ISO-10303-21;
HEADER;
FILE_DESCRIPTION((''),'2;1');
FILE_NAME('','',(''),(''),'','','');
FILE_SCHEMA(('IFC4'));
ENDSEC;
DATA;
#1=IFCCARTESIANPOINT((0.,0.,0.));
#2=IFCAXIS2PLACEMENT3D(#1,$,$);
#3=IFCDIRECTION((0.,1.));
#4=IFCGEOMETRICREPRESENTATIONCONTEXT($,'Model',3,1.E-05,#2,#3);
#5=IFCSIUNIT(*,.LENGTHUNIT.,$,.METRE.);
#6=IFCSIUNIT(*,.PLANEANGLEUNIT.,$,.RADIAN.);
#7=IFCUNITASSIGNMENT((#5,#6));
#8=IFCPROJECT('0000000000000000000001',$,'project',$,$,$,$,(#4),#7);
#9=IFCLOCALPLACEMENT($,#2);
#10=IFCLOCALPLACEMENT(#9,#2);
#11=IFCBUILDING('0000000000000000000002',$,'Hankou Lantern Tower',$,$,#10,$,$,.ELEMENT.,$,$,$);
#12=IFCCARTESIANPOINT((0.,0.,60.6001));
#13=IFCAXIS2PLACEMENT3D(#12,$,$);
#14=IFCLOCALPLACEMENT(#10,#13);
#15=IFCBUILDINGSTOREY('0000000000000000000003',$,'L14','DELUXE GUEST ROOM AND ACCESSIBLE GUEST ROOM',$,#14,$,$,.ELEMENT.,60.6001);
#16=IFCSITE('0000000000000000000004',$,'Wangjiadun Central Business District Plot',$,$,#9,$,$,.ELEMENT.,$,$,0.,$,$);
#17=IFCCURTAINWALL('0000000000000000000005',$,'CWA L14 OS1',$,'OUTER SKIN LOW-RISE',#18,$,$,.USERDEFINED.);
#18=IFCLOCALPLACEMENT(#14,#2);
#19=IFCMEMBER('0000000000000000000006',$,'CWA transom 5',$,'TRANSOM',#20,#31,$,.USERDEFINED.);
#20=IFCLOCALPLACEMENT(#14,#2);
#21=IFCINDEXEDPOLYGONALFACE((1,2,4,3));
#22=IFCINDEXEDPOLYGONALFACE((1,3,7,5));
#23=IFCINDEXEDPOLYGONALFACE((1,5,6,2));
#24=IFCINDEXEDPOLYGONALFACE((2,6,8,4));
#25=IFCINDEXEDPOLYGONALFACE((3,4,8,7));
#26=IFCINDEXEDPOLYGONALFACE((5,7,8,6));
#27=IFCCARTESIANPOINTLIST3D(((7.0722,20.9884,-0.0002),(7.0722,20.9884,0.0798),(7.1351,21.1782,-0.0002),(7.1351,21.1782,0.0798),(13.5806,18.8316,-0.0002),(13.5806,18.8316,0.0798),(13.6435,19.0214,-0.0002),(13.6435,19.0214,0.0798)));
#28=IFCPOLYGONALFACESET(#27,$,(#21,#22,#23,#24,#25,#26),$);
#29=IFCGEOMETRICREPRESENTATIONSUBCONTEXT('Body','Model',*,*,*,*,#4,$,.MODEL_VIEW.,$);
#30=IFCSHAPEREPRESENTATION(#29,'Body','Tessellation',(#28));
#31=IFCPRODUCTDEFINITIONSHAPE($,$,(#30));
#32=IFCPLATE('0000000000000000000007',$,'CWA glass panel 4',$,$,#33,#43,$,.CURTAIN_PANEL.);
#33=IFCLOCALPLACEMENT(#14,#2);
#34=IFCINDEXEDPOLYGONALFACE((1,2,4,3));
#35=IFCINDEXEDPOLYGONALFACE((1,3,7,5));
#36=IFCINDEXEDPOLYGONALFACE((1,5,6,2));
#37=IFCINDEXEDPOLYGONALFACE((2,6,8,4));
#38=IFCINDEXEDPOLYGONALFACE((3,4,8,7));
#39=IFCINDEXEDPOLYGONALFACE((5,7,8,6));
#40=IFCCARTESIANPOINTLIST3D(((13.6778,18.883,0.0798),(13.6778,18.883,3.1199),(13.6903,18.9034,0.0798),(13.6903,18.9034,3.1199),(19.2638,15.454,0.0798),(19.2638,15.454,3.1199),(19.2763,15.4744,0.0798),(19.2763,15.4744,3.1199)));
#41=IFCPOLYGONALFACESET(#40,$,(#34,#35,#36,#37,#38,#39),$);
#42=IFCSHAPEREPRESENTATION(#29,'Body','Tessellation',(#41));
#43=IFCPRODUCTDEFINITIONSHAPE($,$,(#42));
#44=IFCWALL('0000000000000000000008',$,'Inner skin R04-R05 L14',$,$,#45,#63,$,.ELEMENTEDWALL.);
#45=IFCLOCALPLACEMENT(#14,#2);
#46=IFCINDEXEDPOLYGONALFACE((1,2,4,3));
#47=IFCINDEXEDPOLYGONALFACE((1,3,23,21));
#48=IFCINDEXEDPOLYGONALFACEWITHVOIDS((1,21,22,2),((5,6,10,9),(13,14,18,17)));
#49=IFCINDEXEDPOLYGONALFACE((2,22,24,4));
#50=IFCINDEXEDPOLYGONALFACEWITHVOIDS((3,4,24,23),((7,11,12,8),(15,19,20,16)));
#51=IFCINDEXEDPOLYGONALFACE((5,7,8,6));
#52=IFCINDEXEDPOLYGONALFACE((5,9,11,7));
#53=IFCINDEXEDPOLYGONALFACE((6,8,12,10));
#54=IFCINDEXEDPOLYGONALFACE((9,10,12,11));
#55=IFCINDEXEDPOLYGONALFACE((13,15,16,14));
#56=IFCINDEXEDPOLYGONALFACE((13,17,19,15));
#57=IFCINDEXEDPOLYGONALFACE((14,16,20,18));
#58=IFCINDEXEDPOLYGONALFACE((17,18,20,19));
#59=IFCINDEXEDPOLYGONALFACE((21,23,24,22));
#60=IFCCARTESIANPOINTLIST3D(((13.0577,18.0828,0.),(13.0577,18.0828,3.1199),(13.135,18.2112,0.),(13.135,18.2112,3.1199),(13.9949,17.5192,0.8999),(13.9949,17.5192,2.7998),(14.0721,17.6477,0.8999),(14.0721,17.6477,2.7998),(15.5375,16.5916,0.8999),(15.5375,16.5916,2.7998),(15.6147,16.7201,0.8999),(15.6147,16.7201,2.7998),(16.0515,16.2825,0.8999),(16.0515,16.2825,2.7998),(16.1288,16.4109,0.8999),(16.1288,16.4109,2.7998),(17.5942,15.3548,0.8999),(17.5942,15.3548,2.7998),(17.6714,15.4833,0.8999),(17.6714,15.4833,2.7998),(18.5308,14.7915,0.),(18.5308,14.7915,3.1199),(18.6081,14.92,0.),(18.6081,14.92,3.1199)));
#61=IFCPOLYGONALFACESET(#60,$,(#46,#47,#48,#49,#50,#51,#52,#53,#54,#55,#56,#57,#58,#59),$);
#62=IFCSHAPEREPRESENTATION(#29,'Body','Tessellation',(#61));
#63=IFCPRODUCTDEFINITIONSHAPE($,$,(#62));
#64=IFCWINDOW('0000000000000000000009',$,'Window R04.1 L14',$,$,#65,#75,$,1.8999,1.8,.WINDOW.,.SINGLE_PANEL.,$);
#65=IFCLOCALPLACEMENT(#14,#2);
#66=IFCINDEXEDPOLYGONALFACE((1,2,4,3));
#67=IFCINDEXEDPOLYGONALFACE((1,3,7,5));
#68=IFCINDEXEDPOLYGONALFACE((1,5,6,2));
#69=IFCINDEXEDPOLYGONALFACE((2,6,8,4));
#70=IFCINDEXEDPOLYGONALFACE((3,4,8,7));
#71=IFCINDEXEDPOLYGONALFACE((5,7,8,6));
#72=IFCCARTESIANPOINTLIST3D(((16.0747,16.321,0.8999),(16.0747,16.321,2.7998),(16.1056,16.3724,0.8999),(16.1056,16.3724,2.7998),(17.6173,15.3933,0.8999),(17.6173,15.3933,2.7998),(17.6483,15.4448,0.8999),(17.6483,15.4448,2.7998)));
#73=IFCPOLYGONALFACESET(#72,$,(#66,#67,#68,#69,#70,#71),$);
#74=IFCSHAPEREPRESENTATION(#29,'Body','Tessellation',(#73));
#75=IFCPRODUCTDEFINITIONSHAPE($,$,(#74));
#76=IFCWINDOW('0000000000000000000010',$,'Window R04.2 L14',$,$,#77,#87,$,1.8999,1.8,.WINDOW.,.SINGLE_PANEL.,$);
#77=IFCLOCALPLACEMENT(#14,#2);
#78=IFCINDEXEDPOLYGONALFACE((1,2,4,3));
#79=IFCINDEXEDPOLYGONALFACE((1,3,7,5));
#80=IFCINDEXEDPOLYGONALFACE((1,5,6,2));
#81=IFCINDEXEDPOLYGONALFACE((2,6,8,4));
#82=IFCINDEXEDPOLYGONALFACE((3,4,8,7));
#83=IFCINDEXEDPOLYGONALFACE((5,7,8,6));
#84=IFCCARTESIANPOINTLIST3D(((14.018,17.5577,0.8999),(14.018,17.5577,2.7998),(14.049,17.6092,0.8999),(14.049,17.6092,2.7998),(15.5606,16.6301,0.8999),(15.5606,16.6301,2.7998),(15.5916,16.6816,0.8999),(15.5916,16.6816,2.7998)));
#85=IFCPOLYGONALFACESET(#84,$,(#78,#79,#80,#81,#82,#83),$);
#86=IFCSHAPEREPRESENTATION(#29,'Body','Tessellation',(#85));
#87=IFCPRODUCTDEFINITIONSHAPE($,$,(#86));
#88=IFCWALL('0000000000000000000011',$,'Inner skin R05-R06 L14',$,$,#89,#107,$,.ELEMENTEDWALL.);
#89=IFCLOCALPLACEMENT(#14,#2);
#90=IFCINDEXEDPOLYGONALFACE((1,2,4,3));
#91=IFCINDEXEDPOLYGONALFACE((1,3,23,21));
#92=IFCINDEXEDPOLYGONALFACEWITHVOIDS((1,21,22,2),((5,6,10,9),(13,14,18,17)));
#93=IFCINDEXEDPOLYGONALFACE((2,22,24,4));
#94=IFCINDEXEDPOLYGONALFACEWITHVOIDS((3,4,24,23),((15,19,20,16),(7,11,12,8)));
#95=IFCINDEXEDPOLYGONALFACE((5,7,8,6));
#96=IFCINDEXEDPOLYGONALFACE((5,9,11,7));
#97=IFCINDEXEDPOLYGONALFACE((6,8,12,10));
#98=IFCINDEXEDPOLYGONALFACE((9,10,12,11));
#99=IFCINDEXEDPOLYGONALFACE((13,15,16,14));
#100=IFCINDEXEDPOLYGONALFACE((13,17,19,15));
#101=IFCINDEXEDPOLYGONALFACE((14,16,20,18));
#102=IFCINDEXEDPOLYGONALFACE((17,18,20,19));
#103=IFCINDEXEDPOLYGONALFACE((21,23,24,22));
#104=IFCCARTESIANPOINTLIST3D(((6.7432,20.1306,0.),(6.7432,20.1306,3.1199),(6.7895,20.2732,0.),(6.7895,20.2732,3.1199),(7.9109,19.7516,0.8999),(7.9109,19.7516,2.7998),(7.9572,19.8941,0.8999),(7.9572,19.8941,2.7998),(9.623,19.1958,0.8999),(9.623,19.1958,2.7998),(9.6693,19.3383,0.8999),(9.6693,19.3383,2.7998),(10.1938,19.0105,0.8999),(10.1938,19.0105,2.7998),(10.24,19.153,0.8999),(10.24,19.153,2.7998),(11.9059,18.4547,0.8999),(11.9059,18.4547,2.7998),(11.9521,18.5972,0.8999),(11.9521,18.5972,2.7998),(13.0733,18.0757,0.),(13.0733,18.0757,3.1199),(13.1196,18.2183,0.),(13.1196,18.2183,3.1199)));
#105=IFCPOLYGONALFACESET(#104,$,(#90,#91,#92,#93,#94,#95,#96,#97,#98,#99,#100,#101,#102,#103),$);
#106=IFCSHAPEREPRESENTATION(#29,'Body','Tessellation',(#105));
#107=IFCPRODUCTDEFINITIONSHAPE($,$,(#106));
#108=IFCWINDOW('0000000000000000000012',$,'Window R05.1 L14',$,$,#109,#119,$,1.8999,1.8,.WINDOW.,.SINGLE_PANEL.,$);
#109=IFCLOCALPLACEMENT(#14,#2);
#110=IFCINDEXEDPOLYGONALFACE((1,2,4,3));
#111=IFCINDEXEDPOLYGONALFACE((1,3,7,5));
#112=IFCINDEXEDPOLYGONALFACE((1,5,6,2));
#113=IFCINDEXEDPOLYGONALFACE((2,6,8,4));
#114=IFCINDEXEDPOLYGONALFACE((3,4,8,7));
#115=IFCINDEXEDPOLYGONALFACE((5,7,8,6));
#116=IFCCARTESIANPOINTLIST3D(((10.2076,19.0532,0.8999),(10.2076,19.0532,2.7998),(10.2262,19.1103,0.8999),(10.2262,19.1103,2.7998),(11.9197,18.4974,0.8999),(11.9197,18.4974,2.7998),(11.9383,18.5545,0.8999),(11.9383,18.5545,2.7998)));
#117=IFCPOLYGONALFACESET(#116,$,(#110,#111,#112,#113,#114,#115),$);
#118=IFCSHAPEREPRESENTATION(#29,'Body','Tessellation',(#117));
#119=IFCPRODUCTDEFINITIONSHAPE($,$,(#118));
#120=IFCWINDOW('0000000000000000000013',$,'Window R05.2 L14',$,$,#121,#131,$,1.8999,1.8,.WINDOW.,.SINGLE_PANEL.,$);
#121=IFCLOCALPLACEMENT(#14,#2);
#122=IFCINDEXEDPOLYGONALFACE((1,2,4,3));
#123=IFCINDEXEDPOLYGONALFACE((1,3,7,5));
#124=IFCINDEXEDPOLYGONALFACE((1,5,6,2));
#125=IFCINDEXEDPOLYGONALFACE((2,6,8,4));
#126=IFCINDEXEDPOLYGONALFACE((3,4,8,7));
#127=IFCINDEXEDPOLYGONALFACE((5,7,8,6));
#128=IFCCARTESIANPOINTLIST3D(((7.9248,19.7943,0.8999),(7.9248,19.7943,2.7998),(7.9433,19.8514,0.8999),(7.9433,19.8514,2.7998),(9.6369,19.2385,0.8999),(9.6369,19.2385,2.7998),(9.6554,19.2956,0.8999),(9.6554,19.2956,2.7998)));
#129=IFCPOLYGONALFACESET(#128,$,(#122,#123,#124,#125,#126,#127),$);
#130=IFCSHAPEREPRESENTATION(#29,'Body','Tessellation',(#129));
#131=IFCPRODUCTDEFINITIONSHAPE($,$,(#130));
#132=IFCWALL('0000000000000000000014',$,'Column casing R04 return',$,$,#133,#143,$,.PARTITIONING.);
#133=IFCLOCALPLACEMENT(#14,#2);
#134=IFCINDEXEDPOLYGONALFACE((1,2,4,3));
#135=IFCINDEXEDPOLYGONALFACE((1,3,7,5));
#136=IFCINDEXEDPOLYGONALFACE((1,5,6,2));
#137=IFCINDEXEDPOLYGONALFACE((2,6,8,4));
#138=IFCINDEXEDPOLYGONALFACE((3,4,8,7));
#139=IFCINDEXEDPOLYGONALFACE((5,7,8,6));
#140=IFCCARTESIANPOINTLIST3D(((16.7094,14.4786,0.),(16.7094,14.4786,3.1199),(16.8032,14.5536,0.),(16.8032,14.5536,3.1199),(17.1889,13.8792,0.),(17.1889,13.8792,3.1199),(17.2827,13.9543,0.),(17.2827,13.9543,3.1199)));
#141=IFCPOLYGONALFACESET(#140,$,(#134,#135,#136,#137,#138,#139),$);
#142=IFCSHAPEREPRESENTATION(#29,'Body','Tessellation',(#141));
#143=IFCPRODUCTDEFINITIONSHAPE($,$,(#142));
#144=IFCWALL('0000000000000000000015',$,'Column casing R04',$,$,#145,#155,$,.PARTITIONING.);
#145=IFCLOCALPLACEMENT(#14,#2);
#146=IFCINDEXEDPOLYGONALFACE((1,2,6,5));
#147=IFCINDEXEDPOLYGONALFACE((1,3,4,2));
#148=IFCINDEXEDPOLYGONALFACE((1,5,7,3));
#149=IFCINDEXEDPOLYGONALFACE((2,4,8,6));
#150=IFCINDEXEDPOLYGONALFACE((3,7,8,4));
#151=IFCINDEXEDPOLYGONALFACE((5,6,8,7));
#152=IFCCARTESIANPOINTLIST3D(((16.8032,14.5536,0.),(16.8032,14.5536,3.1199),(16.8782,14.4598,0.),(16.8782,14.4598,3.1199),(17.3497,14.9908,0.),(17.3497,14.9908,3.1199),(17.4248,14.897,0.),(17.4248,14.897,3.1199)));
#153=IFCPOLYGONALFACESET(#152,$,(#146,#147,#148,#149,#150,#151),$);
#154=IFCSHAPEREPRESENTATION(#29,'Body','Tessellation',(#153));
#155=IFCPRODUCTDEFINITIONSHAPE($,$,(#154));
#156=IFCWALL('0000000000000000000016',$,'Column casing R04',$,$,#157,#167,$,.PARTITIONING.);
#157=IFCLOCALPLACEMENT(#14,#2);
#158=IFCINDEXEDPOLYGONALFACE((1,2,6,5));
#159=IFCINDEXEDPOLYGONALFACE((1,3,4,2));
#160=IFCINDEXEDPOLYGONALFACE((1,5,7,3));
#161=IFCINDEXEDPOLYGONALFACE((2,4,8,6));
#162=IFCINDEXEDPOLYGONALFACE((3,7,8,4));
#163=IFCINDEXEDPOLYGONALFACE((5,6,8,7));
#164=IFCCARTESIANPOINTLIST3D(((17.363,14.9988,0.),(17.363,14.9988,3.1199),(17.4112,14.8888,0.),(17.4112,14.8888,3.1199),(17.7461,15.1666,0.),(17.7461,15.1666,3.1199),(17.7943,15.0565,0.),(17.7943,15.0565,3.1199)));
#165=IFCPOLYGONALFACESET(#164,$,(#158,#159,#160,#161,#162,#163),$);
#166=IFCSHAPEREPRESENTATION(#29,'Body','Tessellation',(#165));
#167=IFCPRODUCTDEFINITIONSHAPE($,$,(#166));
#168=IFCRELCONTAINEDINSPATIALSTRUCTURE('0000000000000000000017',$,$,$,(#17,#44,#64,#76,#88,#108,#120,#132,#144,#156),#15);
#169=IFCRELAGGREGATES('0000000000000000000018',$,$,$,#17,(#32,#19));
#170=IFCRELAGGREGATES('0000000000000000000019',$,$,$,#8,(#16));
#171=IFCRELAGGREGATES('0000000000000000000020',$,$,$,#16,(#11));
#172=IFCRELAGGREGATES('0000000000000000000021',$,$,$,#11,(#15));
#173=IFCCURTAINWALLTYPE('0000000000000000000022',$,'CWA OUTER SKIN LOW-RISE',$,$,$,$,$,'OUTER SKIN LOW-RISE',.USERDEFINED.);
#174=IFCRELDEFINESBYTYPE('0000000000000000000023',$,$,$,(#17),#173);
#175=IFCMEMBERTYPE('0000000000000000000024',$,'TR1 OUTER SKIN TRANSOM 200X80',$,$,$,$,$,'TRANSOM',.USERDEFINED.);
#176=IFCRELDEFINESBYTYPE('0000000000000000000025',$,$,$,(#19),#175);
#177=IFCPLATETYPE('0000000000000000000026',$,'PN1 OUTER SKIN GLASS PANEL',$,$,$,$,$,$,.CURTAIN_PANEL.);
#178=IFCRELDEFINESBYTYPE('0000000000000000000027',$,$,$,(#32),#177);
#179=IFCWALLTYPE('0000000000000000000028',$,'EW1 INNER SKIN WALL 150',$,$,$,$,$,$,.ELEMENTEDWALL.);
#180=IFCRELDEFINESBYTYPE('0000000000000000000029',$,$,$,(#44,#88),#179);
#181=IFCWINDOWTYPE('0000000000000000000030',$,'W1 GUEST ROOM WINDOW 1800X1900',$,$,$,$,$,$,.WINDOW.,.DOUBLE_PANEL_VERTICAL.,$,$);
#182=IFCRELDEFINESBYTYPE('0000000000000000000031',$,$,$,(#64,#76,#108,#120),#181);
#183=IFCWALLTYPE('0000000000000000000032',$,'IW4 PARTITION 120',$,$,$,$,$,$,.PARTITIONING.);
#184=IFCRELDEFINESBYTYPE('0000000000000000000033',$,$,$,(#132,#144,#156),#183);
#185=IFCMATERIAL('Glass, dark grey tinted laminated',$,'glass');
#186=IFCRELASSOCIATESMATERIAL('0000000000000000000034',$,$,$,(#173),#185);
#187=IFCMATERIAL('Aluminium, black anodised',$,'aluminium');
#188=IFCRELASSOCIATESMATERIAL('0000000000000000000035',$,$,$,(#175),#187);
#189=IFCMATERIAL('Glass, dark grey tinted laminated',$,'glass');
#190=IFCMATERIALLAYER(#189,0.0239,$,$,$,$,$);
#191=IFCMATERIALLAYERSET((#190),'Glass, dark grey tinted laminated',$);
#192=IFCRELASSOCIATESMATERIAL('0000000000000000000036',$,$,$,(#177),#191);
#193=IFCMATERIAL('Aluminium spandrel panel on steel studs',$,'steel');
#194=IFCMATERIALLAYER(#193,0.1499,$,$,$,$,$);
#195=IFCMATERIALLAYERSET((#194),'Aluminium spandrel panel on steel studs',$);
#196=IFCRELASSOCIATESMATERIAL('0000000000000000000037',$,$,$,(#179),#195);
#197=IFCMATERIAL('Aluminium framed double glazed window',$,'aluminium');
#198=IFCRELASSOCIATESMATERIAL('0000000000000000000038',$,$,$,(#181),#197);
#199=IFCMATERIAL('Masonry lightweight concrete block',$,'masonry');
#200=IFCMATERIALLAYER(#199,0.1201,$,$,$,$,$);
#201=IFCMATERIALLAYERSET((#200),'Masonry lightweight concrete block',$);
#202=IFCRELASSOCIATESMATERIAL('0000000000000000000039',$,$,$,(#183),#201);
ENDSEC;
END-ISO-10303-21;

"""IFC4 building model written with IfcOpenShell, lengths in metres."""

from ifc_helpers import new_model, si_unit, direction, frame, frame_2d, origin, origin_2d, place, context, subcontext, project, spatial, rectangle, extrude, material, layer, layer_set, material_profile, profile_set, type_object, element, fill, aggregate, save


model = new_model("IFC4")

# Units and contexts
model_context = context("Model", 3, precision=1e-05, world=origin(), true_north=direction((0.0, 1.0)))
body_context = subcontext(model_context, "Body", "Model", "MODEL_VIEW")
ifc_project = project(units=[si_unit("LENGTHUNIT", "METRE"), si_unit("PLANEANGLEUNIT", "RADIAN")], contexts=[model_context])

# Site, building, storey
site_placement = place(None, origin())
site = spatial("IfcSite", under=ifc_project, at=site_placement, Name="Wangjiadun Central Business District Plot", CompositionType="ELEMENT", RefElevation=0.0)
building_placement = place(site_placement, origin())
building = spatial("IfcBuilding", under=site, at=building_placement, Name="Hankou Lantern Tower", CompositionType="ELEMENT")
storey_placement = place(building_placement, frame((0.0, 0.0, 60.6001)))
storey = spatial("IfcBuildingStorey", under=building, at=storey_placement, Name="L14", Description="DELUXE GUEST ROOM AND ACCESSIBLE GUEST ROOM", CompositionType="ELEMENT", Elevation=60.6001)

# Curtain wall, member, plate
ifc_material_1 = material(Name="Glass, dark grey tinted laminated", Category="glass")
curtain_wall_type = type_object("IfcCurtainWallType", Name="CWA OUTER SKIN LOW-RISE", ElementType="OUTER SKIN LOW-RISE", PredefinedType="USERDEFINED", material=ifc_material_1)
curtain_wall_placement = place(storey_placement, origin())
curtain_wall = element("IfcCurtainWall", 1, at=curtain_wall_placement, inside=storey, type_object=curtain_wall_type, Name="CWA L14 OS1", ObjectType="OUTER SKIN LOW-RISE", PredefinedType="USERDEFINED")
ifc_material_2 = material(Name="Aluminium, black anodised", Category="aluminium")
ifc_material_profile_1 = material_profile(ifc_material_2, rectangle(XDim=0.2, YDim=0.0801, at=origin_2d()), Name="TR1 200X80")
ifc_profile_set_1 = profile_set([ifc_material_profile_1], Name="Aluminium, black anodised")
member_type_1 = type_object("IfcMemberType", Name="TR1 OUTER SKIN TRANSOM 200X80", ElementType="TRANSOM", PredefinedType="USERDEFINED", material=ifc_profile_set_1)
member_1_placement = place(storey_placement, frame((13.6121, 18.9265, 0.0398), z_axis=(-0.949237, 0.314561, 0.0), x_axis=(-0.314561, -0.949237, 0.0)))
member_1 = element("IfcMember", 2, at=member_1_placement, type_object=member_type_1, Name="CWA transom 5", ObjectType="TRANSOM", PredefinedType="USERDEFINED", context=body_context, shape_type="SweptSolid", body=[
    extrude(rectangle(XDim=0.2, YDim=0.0801, at=origin_2d()), origin(), (0.0, 0.0, 1.0), 6.8564),
])
ifc_material_3 = material(Name="Glass, dark grey tinted laminated", Category="glass")
ifc_layer_1 = layer(ifc_material_3, 0.0239)
ifc_layer_set_1 = layer_set([ifc_layer_1], Name="Glass, dark grey tinted laminated")
plate_type = type_object("IfcPlateType", Name="PN1 OUTER SKIN GLASS PANEL", PredefinedType="CURTAIN_PANEL", material=ifc_layer_set_1)
plate_placement = place(storey_placement, frame((16.4771, 17.1787, 0.0798), z_axis=(0.0, 0.0, 1.0), x_axis=(-0.852237, 0.523156, 0.0)))
plate = element("IfcPlate", 3, at=plate_placement, type_object=plate_type, Name="CWA glass panel 4", PredefinedType="CURTAIN_PANEL", context=body_context, shape_type="SweptSolid", body=[
    extrude(rectangle(XDim=6.5544, YDim=0.0239, at=origin_2d()), origin(), (0.0, 0.0, 1.0), 3.04),
])
aggregate(curtain_wall, [plate, member_1])

# Walls, openings, windows
ifc_material_4 = material(Name="Aluminium spandrel panel on steel studs", Category="steel")
ifc_layer_2 = layer(ifc_material_4, 0.1499)
ifc_layer_set_2 = layer_set([ifc_layer_2], Name="Aluminium spandrel panel on steel studs")
wall_type_1 = type_object("IfcWallType", Name="EW1 INNER SKIN WALL 150", PredefinedType="ELEMENTEDWALL", material=ifc_layer_set_2)
wall_1_placement = place(storey_placement, frame((18.5696, 14.8557, 0.0), z_axis=(0.0, 0.0, 1.0), x_axis=(-0.856983, 0.515344, 0.0)))
wall_1 = element("IfcWall", 4, at=wall_1_placement, inside=storey, type_object=wall_type_1, Name="Inner skin R04-R05 L14", PredefinedType="ELEMENTEDWALL", context=body_context, shape_type="SweptSolid", body=[
    extrude(rectangle(XDim=6.3865, YDim=0.1499, at=frame_2d((3.1934, 0.0))), origin(), (0.0, 0.0, 1.0), 3.1199),
])
opening_1_placement = place(wall_1_placement, frame((1.0933, 0.0, 0.8999)))
opening_1 = element("IfcOpeningElement", 5, at=opening_1_placement, cuts=wall_1, PredefinedType="OPENING", context=body_context, shape_type="SweptSolid", body=[
    extrude(rectangle(XDim=1.8, YDim=1.8999, at=frame_2d((0.8999, 0.95))), frame((0.0, 0.085, 0.0), z_axis=(0.0, -1.0, 0.0), x_axis=(1.0, 0.0, 0.0)), (0.0, 0.0, 1.0), 0.1699),
])
opening_2_placement = place(wall_1_placement, frame((3.4932, 0.0, 0.8999)))
opening_2 = element("IfcOpeningElement", 6, at=opening_2_placement, cuts=wall_1, PredefinedType="OPENING", context=body_context, shape_type="SweptSolid", body=[
    extrude(rectangle(XDim=1.8, YDim=1.8999, at=frame_2d((0.8999, 0.95))), frame((0.0, 0.085, 0.0), z_axis=(0.0, -1.0, 0.0), x_axis=(1.0, 0.0, 0.0)), (0.0, 0.0, 1.0), 0.1699),
])
ifc_material_5 = material(Name="Aluminium framed double glazed window", Category="aluminium")
window_type = type_object("IfcWindowType", Name="W1 GUEST ROOM WINDOW 1800X1900", PartitioningType="DOUBLE_PANEL_VERTICAL", PredefinedType="WINDOW", material=ifc_material_5)
window_1_placement = place(opening_1_placement, origin())
window_1 = element("IfcWindow", 7, at=window_1_placement, inside=storey, type_object=window_type, Name="Window R04.1 L14", OverallHeight=1.8999, OverallWidth=1.8, PartitioningType="SINGLE_PANEL", PredefinedType="WINDOW", context=body_context, shape_type="SweptSolid", body=[
    extrude(rectangle(XDim=1.8, YDim=1.8999, at=frame_2d((0.8999, 0.95))), frame((0.0, 0.03, 0.0), z_axis=(0.0, -1.0, 0.0), x_axis=(1.0, 0.0, 0.0)), (0.0, 0.0, 1.0), 0.0601),
])
fill(opening_1, window_1)
window_2_placement = place(opening_2_placement, origin())
window_2 = element("IfcWindow", 8, at=window_2_placement, inside=storey, type_object=window_type, Name="Window R04.2 L14", OverallHeight=1.8999, OverallWidth=1.8, PartitioningType="SINGLE_PANEL", PredefinedType="WINDOW", context=body_context, shape_type="SweptSolid", body=[
    extrude(rectangle(XDim=1.8, YDim=1.8999, at=frame_2d((0.8999, 0.95))), frame((0.0, 0.03, 0.0), z_axis=(0.0, -1.0, 0.0), x_axis=(1.0, 0.0, 0.0)), (0.0, 0.0, 1.0), 0.0601),
])
fill(opening_2, window_2)
wall_2_placement = place(storey_placement, frame((13.0964, 18.147, 0.0), z_axis=(0.0, 0.0, 1.0), x_axis=(-0.951138, 0.308768, 0.0)))
wall_2 = element("IfcWall", 9, at=wall_2_placement, inside=storey, type_object=wall_type_1, Name="Inner skin R05-R06 L14", PredefinedType="ELEMENTEDWALL", context=body_context, shape_type="SweptSolid", body=[
    extrude(rectangle(XDim=6.6553, YDim=0.1499, at=frame_2d((3.3276, 0.0))), origin(), (0.0, 0.0, 1.0), 3.1199),
])
opening_3_placement = place(wall_2_placement, frame((1.2275, 0.0, 0.8999)))
opening_3 = element("IfcOpeningElement", 10, at=opening_3_placement, cuts=wall_2, PredefinedType="OPENING", context=body_context, shape_type="SweptSolid", body=[
    extrude(rectangle(XDim=1.8, YDim=1.8999, at=frame_2d((0.8999, 0.95))), frame((0.0, 0.085, 0.0), z_axis=(0.0, -1.0, 0.0), x_axis=(1.0, 0.0, 0.0)), (0.0, 0.0, 1.0), 0.1699),
])
opening_4_placement = place(wall_2_placement, frame((3.6277, 0.0, 0.8999)))
opening_4 = element("IfcOpeningElement", 11, at=opening_4_placement, cuts=wall_2, PredefinedType="OPENING", context=body_context, shape_type="SweptSolid", body=[
    extrude(rectangle(XDim=1.8, YDim=1.8999, at=frame_2d((0.8999, 0.95))), frame((0.0, 0.085, 0.0), z_axis=(0.0, -1.0, 0.0), x_axis=(1.0, 0.0, 0.0)), (0.0, 0.0, 1.0), 0.1699),
])
window_3_placement = place(opening_3_placement, origin())
window_3 = element("IfcWindow", 12, at=window_3_placement, inside=storey, type_object=window_type, Name="Window R05.1 L14", OverallHeight=1.8999, OverallWidth=1.8, PartitioningType="SINGLE_PANEL", PredefinedType="WINDOW", context=body_context, shape_type="SweptSolid", body=[
    extrude(rectangle(XDim=1.8, YDim=1.8999, at=frame_2d((0.8999, 0.95))), frame((0.0, 0.03, 0.0), z_axis=(0.0, -1.0, 0.0), x_axis=(1.0, 0.0, 0.0)), (0.0, 0.0, 1.0), 0.0601),
])
fill(opening_3, window_3)
window_4_placement = place(opening_4_placement, origin())
window_4 = element("IfcWindow", 13, at=window_4_placement, inside=storey, type_object=window_type, Name="Window R05.2 L14", OverallHeight=1.8999, OverallWidth=1.8, PartitioningType="SINGLE_PANEL", PredefinedType="WINDOW", context=body_context, shape_type="SweptSolid", body=[
    extrude(rectangle(XDim=1.8, YDim=1.8999, at=frame_2d((0.8999, 0.95))), frame((0.0, 0.03, 0.0), z_axis=(0.0, -1.0, 0.0), x_axis=(1.0, 0.0, 0.0)), (0.0, 0.0, 1.0), 0.0601),
])
fill(opening_4, window_4)

# Walls
ifc_material_6 = material(Name="Masonry lightweight concrete block", Category="masonry")
ifc_layer_3 = layer(ifc_material_6, 0.1201)
ifc_layer_set_3 = layer_set([ifc_layer_3], Name="Masonry lightweight concrete block")
wall_type_2 = type_object("IfcWallType", Name="IW4 PARTITION 120", PredefinedType="PARTITIONING", material=ifc_layer_set_3)
wall_3_placement = place(storey_placement, frame((17.2358, 13.9167, 0.0), z_axis=(0.0, 0.0, 1.0), x_axis=(-0.624695, 0.780869, 0.0)))
element("IfcWall", 14, at=wall_3_placement, inside=storey, type_object=wall_type_2, Name="Column casing R04 return", PredefinedType="PARTITIONING", context=body_context, shape_type="SweptSolid", body=[
    extrude(rectangle(XDim=0.7676, YDim=0.1201, at=frame_2d((0.3838, 0.0))), origin(), (0.0, 0.0, 1.0), 3.1199),
])
wall_4_placement = place(storey_placement, frame((16.8406, 14.5066, 0.0), z_axis=(0.0, 0.0, 1.0), x_axis=(0.780903, 0.624653, 0.0)))
element("IfcWall", 15, at=wall_4_placement, inside=storey, type_object=wall_type_2, Name="Column casing R04", PredefinedType="PARTITIONING", context=body_context, shape_type="SweptSolid", body=[
    extrude(rectangle(XDim=0.7, YDim=0.1201, at=frame_2d((0.3501, 0.0))), origin(), (0.0, 0.0, 1.0), 3.1199),
])
wall_5_placement = place(storey_placement, frame((17.3872, 14.9438, 0.0), z_axis=(0.0, 0.0, 1.0), x_axis=(0.916037, 0.401094, 0.0)))
element("IfcWall", 16, at=wall_5_placement, inside=storey, type_object=wall_type_2, Name="Column casing R04", PredefinedType="PARTITIONING", context=body_context, shape_type="SweptSolid", body=[
    extrude(rectangle(XDim=0.4182, YDim=0.1201, at=frame_2d((0.209, 0.0))), origin(), (0.0, 0.0, 1.0), 3.1199),
])

save(model, "model.ifc")
